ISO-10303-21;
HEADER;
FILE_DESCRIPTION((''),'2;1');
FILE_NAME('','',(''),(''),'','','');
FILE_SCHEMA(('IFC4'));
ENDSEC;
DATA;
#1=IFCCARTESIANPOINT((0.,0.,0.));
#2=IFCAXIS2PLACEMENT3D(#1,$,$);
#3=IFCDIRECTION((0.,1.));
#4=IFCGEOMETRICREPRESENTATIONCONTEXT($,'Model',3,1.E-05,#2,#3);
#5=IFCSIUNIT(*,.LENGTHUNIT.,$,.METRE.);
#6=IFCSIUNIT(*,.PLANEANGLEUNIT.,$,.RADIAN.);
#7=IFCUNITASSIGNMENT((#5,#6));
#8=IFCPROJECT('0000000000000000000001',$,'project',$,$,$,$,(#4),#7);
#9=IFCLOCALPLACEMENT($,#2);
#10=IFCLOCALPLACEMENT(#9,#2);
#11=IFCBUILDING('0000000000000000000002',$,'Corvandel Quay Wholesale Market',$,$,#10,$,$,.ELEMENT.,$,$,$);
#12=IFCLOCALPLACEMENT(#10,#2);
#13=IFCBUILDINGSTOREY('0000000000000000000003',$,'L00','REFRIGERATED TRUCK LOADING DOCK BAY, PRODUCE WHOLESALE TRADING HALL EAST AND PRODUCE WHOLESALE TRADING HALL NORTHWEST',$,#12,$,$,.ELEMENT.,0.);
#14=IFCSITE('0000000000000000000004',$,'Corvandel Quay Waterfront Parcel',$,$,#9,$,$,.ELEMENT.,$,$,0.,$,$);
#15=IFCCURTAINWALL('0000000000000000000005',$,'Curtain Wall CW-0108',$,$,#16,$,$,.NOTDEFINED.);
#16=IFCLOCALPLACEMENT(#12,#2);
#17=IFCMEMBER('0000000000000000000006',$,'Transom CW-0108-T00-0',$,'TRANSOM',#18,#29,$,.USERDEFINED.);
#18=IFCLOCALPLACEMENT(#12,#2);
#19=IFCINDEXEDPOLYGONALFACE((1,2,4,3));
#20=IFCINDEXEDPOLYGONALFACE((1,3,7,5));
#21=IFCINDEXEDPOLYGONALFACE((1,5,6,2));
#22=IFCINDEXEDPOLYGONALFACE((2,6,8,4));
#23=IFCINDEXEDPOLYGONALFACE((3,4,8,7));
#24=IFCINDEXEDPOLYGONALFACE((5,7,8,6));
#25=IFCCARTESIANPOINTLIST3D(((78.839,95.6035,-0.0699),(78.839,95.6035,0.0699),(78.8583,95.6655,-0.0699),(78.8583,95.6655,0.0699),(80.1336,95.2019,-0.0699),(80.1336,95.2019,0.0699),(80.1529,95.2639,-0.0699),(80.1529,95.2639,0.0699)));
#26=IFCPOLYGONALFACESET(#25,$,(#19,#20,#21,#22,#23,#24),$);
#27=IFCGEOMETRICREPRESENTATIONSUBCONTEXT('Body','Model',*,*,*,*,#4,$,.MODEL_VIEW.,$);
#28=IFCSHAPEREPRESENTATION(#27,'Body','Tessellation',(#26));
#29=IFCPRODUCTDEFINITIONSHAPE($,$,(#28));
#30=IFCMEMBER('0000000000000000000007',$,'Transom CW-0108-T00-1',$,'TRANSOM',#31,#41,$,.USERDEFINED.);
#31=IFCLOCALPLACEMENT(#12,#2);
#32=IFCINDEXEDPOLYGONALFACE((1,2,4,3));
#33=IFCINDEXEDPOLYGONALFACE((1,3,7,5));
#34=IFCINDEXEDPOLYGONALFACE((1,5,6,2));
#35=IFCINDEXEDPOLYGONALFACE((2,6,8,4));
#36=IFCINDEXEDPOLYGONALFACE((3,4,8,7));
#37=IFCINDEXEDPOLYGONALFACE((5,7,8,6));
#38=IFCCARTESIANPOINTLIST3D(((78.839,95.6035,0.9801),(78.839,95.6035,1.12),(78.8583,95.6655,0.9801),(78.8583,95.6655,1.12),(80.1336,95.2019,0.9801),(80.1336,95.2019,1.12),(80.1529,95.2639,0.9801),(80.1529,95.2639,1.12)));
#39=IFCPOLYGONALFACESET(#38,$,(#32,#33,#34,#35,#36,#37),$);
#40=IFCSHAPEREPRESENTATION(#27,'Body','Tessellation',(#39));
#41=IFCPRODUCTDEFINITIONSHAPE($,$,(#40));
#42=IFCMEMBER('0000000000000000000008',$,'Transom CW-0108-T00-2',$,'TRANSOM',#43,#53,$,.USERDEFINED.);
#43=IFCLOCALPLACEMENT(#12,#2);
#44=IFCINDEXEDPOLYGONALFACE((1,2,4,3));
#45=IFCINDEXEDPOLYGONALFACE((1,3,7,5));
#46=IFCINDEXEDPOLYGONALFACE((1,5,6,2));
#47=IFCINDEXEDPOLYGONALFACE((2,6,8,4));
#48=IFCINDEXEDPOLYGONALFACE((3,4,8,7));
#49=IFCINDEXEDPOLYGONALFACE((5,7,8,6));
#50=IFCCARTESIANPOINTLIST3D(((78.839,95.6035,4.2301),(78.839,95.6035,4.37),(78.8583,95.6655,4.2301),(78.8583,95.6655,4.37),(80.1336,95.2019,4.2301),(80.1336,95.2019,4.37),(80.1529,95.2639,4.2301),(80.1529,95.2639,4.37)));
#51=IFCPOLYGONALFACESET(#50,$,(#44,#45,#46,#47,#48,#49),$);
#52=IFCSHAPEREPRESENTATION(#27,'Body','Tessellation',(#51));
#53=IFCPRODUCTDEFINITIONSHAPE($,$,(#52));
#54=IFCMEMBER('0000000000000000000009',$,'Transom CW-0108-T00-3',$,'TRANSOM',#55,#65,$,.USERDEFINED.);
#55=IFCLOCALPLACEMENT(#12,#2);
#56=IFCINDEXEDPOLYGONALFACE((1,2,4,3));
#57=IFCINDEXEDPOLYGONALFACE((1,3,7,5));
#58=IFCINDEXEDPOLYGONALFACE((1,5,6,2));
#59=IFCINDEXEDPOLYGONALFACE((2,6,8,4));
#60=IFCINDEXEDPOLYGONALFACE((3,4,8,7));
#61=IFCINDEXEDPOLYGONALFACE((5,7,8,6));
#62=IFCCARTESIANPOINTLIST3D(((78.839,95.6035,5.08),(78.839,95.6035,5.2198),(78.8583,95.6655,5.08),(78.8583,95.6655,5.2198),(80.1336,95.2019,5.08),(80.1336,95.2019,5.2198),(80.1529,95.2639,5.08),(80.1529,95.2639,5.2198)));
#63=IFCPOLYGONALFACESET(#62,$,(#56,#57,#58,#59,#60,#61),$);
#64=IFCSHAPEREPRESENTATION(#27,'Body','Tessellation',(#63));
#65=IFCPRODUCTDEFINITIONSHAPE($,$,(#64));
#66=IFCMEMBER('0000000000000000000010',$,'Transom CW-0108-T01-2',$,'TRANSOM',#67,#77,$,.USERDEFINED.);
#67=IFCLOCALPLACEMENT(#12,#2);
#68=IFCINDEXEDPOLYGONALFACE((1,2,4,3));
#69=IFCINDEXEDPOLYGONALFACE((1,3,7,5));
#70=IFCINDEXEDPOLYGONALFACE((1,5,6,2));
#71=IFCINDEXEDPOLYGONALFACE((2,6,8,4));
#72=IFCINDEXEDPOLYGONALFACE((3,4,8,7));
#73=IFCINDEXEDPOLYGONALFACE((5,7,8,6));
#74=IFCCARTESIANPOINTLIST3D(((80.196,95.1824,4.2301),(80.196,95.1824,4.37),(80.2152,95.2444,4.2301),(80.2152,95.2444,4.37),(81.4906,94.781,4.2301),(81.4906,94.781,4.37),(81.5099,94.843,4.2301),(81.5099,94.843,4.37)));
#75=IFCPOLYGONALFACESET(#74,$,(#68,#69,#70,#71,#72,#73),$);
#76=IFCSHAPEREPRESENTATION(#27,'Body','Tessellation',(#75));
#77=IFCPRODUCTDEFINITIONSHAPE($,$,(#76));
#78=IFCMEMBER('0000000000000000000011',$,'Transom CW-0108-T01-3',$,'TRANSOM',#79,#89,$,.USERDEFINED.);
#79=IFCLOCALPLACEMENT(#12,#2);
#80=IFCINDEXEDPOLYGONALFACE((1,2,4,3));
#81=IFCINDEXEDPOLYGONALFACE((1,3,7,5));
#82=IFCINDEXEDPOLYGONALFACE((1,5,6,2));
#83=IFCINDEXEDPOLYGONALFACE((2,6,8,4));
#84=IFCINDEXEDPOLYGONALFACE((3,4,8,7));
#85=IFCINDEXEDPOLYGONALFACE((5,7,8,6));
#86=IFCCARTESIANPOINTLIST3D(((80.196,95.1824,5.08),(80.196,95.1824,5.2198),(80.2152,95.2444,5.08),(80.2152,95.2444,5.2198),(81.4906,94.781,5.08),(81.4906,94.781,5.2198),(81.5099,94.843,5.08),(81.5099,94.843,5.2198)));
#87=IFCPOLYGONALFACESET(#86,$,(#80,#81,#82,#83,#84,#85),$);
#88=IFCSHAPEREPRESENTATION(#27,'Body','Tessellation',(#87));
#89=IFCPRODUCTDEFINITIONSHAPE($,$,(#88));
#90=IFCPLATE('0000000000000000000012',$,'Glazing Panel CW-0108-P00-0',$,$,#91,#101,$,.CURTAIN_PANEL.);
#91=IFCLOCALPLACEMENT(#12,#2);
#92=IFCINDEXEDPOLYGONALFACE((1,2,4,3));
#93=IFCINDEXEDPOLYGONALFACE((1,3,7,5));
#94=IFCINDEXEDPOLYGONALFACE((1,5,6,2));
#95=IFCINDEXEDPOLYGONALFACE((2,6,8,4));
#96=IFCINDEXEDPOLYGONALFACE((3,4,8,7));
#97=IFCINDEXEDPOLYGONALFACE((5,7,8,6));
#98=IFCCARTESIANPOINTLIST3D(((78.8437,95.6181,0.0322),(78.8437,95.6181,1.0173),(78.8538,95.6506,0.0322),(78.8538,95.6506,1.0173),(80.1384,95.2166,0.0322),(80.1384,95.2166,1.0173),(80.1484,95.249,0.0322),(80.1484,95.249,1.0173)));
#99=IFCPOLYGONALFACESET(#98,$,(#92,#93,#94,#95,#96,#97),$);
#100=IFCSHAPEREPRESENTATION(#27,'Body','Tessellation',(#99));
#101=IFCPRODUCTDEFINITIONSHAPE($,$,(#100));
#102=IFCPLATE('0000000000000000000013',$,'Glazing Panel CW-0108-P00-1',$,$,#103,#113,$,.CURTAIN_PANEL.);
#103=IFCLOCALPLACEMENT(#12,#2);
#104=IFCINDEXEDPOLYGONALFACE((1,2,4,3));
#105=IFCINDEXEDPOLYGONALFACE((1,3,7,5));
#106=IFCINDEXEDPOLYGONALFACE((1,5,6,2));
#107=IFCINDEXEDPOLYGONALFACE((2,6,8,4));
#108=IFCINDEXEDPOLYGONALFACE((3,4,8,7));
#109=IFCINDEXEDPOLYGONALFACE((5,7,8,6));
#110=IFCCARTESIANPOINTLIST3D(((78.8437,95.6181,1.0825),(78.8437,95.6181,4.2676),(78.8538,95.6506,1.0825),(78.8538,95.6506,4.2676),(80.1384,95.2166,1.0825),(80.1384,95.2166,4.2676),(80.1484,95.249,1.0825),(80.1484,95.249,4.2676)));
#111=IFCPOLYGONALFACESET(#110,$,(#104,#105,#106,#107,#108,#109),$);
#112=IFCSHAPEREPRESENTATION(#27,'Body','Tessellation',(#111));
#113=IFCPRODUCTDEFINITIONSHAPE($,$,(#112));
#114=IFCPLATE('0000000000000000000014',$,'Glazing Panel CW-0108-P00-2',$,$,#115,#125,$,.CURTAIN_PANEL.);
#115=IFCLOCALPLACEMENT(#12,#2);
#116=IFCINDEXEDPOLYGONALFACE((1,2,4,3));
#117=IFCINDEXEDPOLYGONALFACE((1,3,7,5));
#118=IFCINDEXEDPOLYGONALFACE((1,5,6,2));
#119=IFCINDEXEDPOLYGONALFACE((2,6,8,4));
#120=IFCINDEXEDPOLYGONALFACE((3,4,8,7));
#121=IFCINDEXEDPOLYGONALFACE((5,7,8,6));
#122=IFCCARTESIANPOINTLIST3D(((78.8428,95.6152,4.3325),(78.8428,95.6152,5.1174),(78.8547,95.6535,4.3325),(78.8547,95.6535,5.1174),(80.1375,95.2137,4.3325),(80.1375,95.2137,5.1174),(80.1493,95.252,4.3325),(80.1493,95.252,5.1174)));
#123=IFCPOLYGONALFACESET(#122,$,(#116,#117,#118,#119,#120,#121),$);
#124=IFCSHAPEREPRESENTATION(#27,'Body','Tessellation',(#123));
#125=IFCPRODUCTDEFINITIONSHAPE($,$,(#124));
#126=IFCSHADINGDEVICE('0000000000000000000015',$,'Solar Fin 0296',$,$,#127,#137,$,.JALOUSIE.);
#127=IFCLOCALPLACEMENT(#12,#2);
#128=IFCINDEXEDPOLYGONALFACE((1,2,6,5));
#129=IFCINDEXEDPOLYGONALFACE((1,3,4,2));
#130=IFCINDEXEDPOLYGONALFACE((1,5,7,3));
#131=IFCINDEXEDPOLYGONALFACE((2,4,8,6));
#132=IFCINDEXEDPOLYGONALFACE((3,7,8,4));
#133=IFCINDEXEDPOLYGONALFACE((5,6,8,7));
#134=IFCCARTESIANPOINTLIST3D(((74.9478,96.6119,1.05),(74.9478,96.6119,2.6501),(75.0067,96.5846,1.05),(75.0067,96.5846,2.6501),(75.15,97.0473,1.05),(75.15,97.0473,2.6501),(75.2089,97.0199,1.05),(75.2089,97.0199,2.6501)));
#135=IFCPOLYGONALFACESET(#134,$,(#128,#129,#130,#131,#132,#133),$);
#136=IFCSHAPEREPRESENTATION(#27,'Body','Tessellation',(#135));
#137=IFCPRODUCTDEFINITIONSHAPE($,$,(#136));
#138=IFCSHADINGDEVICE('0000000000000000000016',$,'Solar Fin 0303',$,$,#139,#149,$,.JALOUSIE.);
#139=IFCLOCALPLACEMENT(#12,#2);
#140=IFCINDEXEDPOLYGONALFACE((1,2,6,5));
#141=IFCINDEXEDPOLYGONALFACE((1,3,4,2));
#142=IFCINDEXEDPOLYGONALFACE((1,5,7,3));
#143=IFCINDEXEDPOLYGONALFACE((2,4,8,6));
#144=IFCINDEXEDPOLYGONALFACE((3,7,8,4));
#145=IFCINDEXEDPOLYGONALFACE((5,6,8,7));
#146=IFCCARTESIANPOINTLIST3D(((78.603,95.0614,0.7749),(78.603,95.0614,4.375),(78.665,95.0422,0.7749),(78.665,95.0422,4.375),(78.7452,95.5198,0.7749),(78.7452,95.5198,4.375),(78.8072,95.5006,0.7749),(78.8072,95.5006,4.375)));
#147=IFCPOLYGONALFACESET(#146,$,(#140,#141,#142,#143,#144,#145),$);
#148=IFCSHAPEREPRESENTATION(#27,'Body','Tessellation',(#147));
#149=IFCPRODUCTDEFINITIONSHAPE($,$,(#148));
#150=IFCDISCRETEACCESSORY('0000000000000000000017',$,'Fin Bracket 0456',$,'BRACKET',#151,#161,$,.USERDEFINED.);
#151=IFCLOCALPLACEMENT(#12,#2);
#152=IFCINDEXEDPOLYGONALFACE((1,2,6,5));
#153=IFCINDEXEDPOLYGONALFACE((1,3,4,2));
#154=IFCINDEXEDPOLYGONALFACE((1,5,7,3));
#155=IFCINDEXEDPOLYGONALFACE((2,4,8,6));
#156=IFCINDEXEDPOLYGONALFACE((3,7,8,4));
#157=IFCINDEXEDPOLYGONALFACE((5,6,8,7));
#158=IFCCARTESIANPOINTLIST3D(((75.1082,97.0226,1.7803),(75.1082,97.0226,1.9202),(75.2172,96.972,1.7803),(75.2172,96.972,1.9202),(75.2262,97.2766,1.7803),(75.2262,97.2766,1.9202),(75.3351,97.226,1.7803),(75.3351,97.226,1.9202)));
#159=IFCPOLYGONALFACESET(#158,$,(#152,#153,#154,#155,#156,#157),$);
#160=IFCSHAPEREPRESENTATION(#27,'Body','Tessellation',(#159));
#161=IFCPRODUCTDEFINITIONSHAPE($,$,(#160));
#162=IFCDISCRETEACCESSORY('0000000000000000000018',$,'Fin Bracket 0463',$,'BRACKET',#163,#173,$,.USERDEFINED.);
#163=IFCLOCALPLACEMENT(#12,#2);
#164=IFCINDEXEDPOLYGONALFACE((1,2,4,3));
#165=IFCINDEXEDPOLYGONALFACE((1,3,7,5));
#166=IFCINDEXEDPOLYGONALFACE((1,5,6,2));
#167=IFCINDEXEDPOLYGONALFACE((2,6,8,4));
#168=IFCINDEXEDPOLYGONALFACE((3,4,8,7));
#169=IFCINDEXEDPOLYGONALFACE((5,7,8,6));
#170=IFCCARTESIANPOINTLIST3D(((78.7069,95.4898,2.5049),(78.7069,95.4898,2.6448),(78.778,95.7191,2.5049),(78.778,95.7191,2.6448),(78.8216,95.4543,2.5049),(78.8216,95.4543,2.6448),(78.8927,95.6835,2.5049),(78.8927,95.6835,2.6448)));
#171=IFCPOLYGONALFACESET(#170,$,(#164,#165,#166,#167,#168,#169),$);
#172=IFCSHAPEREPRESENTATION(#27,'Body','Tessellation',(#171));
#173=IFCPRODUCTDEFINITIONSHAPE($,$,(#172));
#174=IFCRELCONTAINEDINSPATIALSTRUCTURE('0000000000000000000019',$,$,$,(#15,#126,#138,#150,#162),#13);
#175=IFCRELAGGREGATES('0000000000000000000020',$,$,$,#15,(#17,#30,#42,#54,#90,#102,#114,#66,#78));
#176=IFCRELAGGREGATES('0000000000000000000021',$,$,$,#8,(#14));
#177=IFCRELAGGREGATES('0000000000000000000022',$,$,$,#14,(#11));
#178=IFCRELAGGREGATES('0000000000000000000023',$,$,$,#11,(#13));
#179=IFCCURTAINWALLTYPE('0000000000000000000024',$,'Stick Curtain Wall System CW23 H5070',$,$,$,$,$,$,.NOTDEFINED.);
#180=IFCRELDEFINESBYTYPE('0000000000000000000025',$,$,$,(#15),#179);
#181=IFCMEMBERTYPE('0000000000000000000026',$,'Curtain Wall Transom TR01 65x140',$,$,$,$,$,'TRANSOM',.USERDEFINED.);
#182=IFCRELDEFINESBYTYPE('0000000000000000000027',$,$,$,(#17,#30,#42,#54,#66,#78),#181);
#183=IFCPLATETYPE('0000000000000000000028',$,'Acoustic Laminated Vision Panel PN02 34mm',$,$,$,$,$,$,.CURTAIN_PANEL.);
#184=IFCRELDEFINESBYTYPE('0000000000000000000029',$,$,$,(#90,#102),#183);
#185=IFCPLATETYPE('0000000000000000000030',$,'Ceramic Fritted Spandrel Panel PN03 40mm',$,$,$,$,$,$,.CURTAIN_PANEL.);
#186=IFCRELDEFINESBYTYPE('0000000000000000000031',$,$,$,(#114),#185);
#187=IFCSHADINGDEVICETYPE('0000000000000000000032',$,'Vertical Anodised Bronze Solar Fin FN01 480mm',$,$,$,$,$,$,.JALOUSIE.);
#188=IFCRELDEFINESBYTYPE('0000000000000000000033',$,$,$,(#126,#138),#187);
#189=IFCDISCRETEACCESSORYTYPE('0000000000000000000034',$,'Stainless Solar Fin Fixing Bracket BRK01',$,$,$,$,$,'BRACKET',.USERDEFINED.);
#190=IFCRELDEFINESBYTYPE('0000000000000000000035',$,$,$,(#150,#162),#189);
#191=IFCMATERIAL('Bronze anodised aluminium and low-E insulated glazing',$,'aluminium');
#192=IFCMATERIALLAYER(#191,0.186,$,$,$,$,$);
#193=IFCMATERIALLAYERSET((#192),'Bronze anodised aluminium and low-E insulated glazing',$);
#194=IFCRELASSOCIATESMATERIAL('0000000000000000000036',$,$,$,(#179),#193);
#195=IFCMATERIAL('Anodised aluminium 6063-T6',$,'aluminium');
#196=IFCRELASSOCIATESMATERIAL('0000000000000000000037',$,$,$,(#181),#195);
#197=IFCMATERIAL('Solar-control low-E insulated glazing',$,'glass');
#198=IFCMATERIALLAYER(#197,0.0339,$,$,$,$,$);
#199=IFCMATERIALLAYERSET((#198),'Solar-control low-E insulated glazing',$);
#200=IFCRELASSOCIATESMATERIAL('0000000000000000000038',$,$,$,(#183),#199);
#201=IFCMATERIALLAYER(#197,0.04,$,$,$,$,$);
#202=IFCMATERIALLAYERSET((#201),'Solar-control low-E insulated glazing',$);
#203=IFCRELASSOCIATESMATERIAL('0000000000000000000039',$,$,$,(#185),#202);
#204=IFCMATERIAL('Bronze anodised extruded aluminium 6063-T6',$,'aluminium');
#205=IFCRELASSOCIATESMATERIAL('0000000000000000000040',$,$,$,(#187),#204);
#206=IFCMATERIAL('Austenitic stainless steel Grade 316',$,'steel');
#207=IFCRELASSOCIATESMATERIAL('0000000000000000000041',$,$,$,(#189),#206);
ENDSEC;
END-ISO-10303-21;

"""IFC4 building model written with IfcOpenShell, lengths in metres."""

from ifc_helpers import new_model, si_unit, direction, frame, origin, origin_2d, place, context, subcontext, project, spatial, rectangle, extrude, material, layer, layer_set, material_profile, profile_set, type_object, element, aggregate, save


model = new_model("IFC4")

# Units and contexts
model_context = context("Model", 3, precision=1e-05, world=origin(), true_north=direction((0.0, 1.0)))
body_context = subcontext(model_context, "Body", "Model", "MODEL_VIEW")
ifc_project = project(units=[si_unit("LENGTHUNIT", "METRE"), si_unit("PLANEANGLEUNIT", "RADIAN")], contexts=[model_context])

# Site, building, storey
site_placement = place(None, origin())
site = spatial("IfcSite", under=ifc_project, at=site_placement, Name="Corvandel Quay Waterfront Parcel", CompositionType="ELEMENT", RefElevation=0.0)
building_placement = place(site_placement, origin())
building = spatial("IfcBuilding", under=site, at=building_placement, Name="Corvandel Quay Wholesale Market", CompositionType="ELEMENT")
storey_placement = place(building_placement, origin())
storey = spatial("IfcBuildingStorey", under=building, at=storey_placement, Name="L00", Description="REFRIGERATED TRUCK LOADING DOCK BAY, PRODUCE WHOLESALE TRADING HALL EAST AND PRODUCE WHOLESALE TRADING HALL NORTHWEST", CompositionType="ELEMENT", Elevation=0.0)

# Curtain wall, members, plates
ifc_material_1 = material(Name="Bronze anodised aluminium and low-E insulated glazing", Category="aluminium")
ifc_layer_1 = layer(ifc_material_1, 0.186)
ifc_layer_set_1 = layer_set([ifc_layer_1], Name="Bronze anodised aluminium and low-E insulated glazing")
curtain_wall_type = type_object("IfcCurtainWallType", Name="Stick Curtain Wall System CW23 H5070", PredefinedType="NOTDEFINED", material=ifc_layer_set_1)
curtain_wall_placement = place(storey_placement, origin())
curtain_wall = element("IfcCurtainWall", 1, at=curtain_wall_placement, inside=storey, type_object=curtain_wall_type, Name="Curtain Wall CW-0108", PredefinedType="NOTDEFINED")
ifc_material_2 = material(Name="Anodised aluminium 6063-T6", Category="aluminium")
ifc_material_profile_1 = material_profile(ifc_material_2, rectangle(XDim=0.0649, YDim=0.1399, at=origin_2d()), Name="ALU-TRN-65x140")
ifc_profile_set_1 = profile_set([ifc_material_profile_1], Name="Anodised aluminium 6063-T6")
member_type_1 = type_object("IfcMemberType", Name="Curtain Wall Transom TR01 65x140", ElementType="TRANSOM", PredefinedType="USERDEFINED", material=ifc_profile_set_1)
member_1_placement = place(storey_placement, frame((78.8486, 95.6345, 0.0), z_axis=(0.955103, -0.296275, 0.0), x_axis=(0.296275, 0.955103, 0.0)))
member_1 = element("IfcMember", 2, at=member_1_placement, type_object=member_type_1, Name="Transom CW-0108-T00-0", ObjectType="TRANSOM", PredefinedType="USERDEFINED", context=body_context, shape_type="SweptSolid", body=[
    extrude(rectangle(XDim=0.0649, YDim=0.1399, at=origin_2d()), origin(), (0.0, 0.0, 1.0), 1.3555),
])
member_2_placement = place(storey_placement, frame((78.8486, 95.6345, 1.05), z_axis=(0.955103, -0.296275, 0.0), x_axis=(0.296275, 0.955103, 0.0)))
member_2 = element("IfcMember", 3, at=member_2_placement, type_object=member_type_1, Name="Transom CW-0108-T00-1", ObjectType="TRANSOM", PredefinedType="USERDEFINED", context=body_context, shape_type="SweptSolid", body=[
    extrude(rectangle(XDim=0.0649, YDim=0.1399, at=origin_2d()), origin(), (0.0, 0.0, 1.0), 1.3555),
])
member_3_placement = place(storey_placement, frame((78.8486, 95.6345, 4.3), z_axis=(0.955103, -0.296275, 0.0), x_axis=(0.296275, 0.955103, 0.0)))
member_3 = element("IfcMember", 4, at=member_3_placement, type_object=member_type_1, Name="Transom CW-0108-T00-2", ObjectType="TRANSOM", PredefinedType="USERDEFINED", context=body_context, shape_type="SweptSolid", body=[
    extrude(rectangle(XDim=0.0649, YDim=0.1399, at=origin_2d()), origin(), (0.0, 0.0, 1.0), 1.3555),
])
member_4_placement = place(storey_placement, frame((78.8486, 95.6345, 5.1499), z_axis=(0.955103, -0.296275, 0.0), x_axis=(0.296275, 0.955103, 0.0)))
member_4 = element("IfcMember", 5, at=member_4_placement, type_object=member_type_1, Name="Transom CW-0108-T00-3", ObjectType="TRANSOM", PredefinedType="USERDEFINED", context=body_context, shape_type="SweptSolid", body=[
    extrude(rectangle(XDim=0.0649, YDim=0.1399, at=origin_2d()), origin(), (0.0, 0.0, 1.0), 1.3555),
])
member_5_placement = place(storey_placement, frame((80.2056, 95.2134, 4.3), z_axis=(0.955154, -0.29611, 0.0), x_axis=(0.29611, 0.955154, 0.0)))
member_5 = element("IfcMember", 6, at=member_5_placement, type_object=member_type_1, Name="Transom CW-0108-T01-2", ObjectType="TRANSOM", PredefinedType="USERDEFINED", context=body_context, shape_type="SweptSolid", body=[
    extrude(rectangle(XDim=0.0649, YDim=0.1399, at=origin_2d()), origin(), (0.0, 0.0, 1.0), 1.3555),
])
member_6_placement = place(storey_placement, frame((80.2056, 95.2134, 5.1499), z_axis=(0.955154, -0.29611, 0.0), x_axis=(0.29611, 0.955154, 0.0)))
member_6 = element("IfcMember", 7, at=member_6_placement, type_object=member_type_1, Name="Transom CW-0108-T01-3", ObjectType="TRANSOM", PredefinedType="USERDEFINED", context=body_context, shape_type="SweptSolid", body=[
    extrude(rectangle(XDim=0.0649, YDim=0.1399, at=origin_2d()), origin(), (0.0, 0.0, 1.0), 1.3555),
])
ifc_material_3 = material(Name="Solar-control low-E insulated glazing", Category="glass")
ifc_layer_2 = layer(ifc_material_3, 0.0339)
ifc_layer_set_2 = layer_set([ifc_layer_2], Name="Solar-control low-E insulated glazing")
plate_type_1 = type_object("IfcPlateType", Name="Acoustic Laminated Vision Panel PN02 34mm", PredefinedType="CURTAIN_PANEL", material=ifc_layer_set_2)
plate_1_placement = place(storey_placement, frame((79.4961, 95.4336, 0.0322), z_axis=(0.0, 0.0, 1.0), x_axis=(-0.955123, 0.296208, 0.0)))
plate_1 = element("IfcPlate", 8, at=plate_1_placement, type_object=plate_type_1, Name="Glazing Panel CW-0108-P00-0", PredefinedType="CURTAIN_PANEL", context=body_context, shape_type="SweptSolid", body=[
    extrude(rectangle(XDim=1.3555, YDim=0.0339, at=origin_2d()), origin(), (0.0, 0.0, 1.0), 0.9851),
])
plate_2_placement = place(storey_placement, frame((79.4961, 95.4336, 1.0825), z_axis=(0.0, 0.0, 1.0), x_axis=(-0.955123, 0.296208, 0.0)))
plate_2 = element("IfcPlate", 9, at=plate_2_placement, type_object=plate_type_1, Name="Glazing Panel CW-0108-P00-1", PredefinedType="CURTAIN_PANEL", context=body_context, shape_type="SweptSolid", body=[
    extrude(rectangle(XDim=1.3555, YDim=0.0339, at=origin_2d()), origin(), (0.0, 0.0, 1.0), 3.1851),
])
ifc_layer_3 = layer(ifc_material_3, 0.04)
ifc_layer_set_3 = layer_set([ifc_layer_3], Name="Solar-control low-E insulated glazing")
plate_type_2 = type_object("IfcPlateType", Name="Ceramic Fritted Spandrel Panel PN03 40mm", PredefinedType="CURTAIN_PANEL", material=ifc_layer_set_3)
plate_3_placement = place(storey_placement, frame((79.4961, 95.4336, 4.3325), z_axis=(0.0, 0.0, 1.0), x_axis=(-0.955123, 0.296208, 0.0)))
plate_3 = element("IfcPlate", 10, at=plate_3_placement, type_object=plate_type_2, Name="Glazing Panel CW-0108-P00-2", PredefinedType="CURTAIN_PANEL", context=body_context, shape_type="SweptSolid", body=[
    extrude(rectangle(XDim=1.3555, YDim=0.04, at=origin_2d()), origin(), (0.0, 0.0, 1.0), 0.7849),
])
aggregate(curtain_wall, [member_1, member_2, member_3, member_4, plate_1, plate_2, plate_3, member_5, member_6])

# Shading devices
ifc_material_4 = material(Name="Bronze anodised extruded aluminium 6063-T6", Category="aluminium")
shading_device_type = type_object("IfcShadingDeviceType", Name="Vertical Anodised Bronze Solar Fin FN01 480mm", PredefinedType="JALOUSIE", material=ifc_material_4)
shading_device_1_placement = place(storey_placement, frame((75.0784, 96.8159, 1.05), z_axis=(0.0, 0.0, 1.0), x_axis=(0.421194, 0.906971, 0.0)))
element("IfcShadingDevice", 11, at=shading_device_1_placement, inside=storey, type_object=shading_device_type, Name="Solar Fin 0296", PredefinedType="JALOUSIE", context=body_context, shape_type="SweptSolid", body=[
    extrude(rectangle(XDim=0.48, YDim=0.0649, at=origin_2d()), origin(), (0.0, 0.0, 1.0), 1.6001),
])
shading_device_2_placement = place(storey_placement, frame((78.7051, 95.281, 0.7749), z_axis=(0.0, 0.0, 1.0), x_axis=(0.296208, 0.955123, 0.0)))
element("IfcShadingDevice", 12, at=shading_device_2_placement, inside=storey, type_object=shading_device_type, Name="Solar Fin 0303", PredefinedType="JALOUSIE", context=body_context, shape_type="SweptSolid", body=[
    extrude(rectangle(XDim=0.48, YDim=0.0649, at=origin_2d()), origin(), (0.0, 0.0, 1.0), 3.6001),
])

# Discrete accessories
ifc_material_5 = material(Name="Austenitic stainless steel Grade 316", Category="steel")
discrete_accessory_type = type_object("IfcDiscreteAccessoryType", Name="Stainless Solar Fin Fixing Bracket BRK01", ElementType="BRACKET", PredefinedType="USERDEFINED", material=ifc_material_5)
discrete_accessory_1_placement = place(storey_placement, frame((75.2217, 97.1243, 1.7803), z_axis=(0.0, 0.0, 1.0), x_axis=(0.421194, 0.906971, 0.0)))
element("IfcDiscreteAccessory", 13, at=discrete_accessory_1_placement, inside=storey, type_object=discrete_accessory_type, Name="Fin Bracket 0456", ObjectType="BRACKET", PredefinedType="USERDEFINED", context=body_context, shape_type="SweptSolid", body=[
    extrude(rectangle(XDim=0.28, YDim=0.1201, at=origin_2d()), origin(), (0.0, 0.0, 1.0), 0.1399),
])
discrete_accessory_2_placement = place(storey_placement, frame((78.7998, 95.5867, 2.5049), z_axis=(0.0, 0.0, 1.0), x_axis=(0.296208, 0.955123, 0.0)))
element("IfcDiscreteAccessory", 14, at=discrete_accessory_2_placement, inside=storey, type_object=discrete_accessory_type, Name="Fin Bracket 0463", ObjectType="BRACKET", PredefinedType="USERDEFINED", context=body_context, shape_type="SweptSolid", body=[
    extrude(rectangle(XDim=0.24, YDim=0.1201, at=origin_2d()), origin(), (0.0, 0.0, 1.0), 0.1399),
])

save(model, "model.ifc")
